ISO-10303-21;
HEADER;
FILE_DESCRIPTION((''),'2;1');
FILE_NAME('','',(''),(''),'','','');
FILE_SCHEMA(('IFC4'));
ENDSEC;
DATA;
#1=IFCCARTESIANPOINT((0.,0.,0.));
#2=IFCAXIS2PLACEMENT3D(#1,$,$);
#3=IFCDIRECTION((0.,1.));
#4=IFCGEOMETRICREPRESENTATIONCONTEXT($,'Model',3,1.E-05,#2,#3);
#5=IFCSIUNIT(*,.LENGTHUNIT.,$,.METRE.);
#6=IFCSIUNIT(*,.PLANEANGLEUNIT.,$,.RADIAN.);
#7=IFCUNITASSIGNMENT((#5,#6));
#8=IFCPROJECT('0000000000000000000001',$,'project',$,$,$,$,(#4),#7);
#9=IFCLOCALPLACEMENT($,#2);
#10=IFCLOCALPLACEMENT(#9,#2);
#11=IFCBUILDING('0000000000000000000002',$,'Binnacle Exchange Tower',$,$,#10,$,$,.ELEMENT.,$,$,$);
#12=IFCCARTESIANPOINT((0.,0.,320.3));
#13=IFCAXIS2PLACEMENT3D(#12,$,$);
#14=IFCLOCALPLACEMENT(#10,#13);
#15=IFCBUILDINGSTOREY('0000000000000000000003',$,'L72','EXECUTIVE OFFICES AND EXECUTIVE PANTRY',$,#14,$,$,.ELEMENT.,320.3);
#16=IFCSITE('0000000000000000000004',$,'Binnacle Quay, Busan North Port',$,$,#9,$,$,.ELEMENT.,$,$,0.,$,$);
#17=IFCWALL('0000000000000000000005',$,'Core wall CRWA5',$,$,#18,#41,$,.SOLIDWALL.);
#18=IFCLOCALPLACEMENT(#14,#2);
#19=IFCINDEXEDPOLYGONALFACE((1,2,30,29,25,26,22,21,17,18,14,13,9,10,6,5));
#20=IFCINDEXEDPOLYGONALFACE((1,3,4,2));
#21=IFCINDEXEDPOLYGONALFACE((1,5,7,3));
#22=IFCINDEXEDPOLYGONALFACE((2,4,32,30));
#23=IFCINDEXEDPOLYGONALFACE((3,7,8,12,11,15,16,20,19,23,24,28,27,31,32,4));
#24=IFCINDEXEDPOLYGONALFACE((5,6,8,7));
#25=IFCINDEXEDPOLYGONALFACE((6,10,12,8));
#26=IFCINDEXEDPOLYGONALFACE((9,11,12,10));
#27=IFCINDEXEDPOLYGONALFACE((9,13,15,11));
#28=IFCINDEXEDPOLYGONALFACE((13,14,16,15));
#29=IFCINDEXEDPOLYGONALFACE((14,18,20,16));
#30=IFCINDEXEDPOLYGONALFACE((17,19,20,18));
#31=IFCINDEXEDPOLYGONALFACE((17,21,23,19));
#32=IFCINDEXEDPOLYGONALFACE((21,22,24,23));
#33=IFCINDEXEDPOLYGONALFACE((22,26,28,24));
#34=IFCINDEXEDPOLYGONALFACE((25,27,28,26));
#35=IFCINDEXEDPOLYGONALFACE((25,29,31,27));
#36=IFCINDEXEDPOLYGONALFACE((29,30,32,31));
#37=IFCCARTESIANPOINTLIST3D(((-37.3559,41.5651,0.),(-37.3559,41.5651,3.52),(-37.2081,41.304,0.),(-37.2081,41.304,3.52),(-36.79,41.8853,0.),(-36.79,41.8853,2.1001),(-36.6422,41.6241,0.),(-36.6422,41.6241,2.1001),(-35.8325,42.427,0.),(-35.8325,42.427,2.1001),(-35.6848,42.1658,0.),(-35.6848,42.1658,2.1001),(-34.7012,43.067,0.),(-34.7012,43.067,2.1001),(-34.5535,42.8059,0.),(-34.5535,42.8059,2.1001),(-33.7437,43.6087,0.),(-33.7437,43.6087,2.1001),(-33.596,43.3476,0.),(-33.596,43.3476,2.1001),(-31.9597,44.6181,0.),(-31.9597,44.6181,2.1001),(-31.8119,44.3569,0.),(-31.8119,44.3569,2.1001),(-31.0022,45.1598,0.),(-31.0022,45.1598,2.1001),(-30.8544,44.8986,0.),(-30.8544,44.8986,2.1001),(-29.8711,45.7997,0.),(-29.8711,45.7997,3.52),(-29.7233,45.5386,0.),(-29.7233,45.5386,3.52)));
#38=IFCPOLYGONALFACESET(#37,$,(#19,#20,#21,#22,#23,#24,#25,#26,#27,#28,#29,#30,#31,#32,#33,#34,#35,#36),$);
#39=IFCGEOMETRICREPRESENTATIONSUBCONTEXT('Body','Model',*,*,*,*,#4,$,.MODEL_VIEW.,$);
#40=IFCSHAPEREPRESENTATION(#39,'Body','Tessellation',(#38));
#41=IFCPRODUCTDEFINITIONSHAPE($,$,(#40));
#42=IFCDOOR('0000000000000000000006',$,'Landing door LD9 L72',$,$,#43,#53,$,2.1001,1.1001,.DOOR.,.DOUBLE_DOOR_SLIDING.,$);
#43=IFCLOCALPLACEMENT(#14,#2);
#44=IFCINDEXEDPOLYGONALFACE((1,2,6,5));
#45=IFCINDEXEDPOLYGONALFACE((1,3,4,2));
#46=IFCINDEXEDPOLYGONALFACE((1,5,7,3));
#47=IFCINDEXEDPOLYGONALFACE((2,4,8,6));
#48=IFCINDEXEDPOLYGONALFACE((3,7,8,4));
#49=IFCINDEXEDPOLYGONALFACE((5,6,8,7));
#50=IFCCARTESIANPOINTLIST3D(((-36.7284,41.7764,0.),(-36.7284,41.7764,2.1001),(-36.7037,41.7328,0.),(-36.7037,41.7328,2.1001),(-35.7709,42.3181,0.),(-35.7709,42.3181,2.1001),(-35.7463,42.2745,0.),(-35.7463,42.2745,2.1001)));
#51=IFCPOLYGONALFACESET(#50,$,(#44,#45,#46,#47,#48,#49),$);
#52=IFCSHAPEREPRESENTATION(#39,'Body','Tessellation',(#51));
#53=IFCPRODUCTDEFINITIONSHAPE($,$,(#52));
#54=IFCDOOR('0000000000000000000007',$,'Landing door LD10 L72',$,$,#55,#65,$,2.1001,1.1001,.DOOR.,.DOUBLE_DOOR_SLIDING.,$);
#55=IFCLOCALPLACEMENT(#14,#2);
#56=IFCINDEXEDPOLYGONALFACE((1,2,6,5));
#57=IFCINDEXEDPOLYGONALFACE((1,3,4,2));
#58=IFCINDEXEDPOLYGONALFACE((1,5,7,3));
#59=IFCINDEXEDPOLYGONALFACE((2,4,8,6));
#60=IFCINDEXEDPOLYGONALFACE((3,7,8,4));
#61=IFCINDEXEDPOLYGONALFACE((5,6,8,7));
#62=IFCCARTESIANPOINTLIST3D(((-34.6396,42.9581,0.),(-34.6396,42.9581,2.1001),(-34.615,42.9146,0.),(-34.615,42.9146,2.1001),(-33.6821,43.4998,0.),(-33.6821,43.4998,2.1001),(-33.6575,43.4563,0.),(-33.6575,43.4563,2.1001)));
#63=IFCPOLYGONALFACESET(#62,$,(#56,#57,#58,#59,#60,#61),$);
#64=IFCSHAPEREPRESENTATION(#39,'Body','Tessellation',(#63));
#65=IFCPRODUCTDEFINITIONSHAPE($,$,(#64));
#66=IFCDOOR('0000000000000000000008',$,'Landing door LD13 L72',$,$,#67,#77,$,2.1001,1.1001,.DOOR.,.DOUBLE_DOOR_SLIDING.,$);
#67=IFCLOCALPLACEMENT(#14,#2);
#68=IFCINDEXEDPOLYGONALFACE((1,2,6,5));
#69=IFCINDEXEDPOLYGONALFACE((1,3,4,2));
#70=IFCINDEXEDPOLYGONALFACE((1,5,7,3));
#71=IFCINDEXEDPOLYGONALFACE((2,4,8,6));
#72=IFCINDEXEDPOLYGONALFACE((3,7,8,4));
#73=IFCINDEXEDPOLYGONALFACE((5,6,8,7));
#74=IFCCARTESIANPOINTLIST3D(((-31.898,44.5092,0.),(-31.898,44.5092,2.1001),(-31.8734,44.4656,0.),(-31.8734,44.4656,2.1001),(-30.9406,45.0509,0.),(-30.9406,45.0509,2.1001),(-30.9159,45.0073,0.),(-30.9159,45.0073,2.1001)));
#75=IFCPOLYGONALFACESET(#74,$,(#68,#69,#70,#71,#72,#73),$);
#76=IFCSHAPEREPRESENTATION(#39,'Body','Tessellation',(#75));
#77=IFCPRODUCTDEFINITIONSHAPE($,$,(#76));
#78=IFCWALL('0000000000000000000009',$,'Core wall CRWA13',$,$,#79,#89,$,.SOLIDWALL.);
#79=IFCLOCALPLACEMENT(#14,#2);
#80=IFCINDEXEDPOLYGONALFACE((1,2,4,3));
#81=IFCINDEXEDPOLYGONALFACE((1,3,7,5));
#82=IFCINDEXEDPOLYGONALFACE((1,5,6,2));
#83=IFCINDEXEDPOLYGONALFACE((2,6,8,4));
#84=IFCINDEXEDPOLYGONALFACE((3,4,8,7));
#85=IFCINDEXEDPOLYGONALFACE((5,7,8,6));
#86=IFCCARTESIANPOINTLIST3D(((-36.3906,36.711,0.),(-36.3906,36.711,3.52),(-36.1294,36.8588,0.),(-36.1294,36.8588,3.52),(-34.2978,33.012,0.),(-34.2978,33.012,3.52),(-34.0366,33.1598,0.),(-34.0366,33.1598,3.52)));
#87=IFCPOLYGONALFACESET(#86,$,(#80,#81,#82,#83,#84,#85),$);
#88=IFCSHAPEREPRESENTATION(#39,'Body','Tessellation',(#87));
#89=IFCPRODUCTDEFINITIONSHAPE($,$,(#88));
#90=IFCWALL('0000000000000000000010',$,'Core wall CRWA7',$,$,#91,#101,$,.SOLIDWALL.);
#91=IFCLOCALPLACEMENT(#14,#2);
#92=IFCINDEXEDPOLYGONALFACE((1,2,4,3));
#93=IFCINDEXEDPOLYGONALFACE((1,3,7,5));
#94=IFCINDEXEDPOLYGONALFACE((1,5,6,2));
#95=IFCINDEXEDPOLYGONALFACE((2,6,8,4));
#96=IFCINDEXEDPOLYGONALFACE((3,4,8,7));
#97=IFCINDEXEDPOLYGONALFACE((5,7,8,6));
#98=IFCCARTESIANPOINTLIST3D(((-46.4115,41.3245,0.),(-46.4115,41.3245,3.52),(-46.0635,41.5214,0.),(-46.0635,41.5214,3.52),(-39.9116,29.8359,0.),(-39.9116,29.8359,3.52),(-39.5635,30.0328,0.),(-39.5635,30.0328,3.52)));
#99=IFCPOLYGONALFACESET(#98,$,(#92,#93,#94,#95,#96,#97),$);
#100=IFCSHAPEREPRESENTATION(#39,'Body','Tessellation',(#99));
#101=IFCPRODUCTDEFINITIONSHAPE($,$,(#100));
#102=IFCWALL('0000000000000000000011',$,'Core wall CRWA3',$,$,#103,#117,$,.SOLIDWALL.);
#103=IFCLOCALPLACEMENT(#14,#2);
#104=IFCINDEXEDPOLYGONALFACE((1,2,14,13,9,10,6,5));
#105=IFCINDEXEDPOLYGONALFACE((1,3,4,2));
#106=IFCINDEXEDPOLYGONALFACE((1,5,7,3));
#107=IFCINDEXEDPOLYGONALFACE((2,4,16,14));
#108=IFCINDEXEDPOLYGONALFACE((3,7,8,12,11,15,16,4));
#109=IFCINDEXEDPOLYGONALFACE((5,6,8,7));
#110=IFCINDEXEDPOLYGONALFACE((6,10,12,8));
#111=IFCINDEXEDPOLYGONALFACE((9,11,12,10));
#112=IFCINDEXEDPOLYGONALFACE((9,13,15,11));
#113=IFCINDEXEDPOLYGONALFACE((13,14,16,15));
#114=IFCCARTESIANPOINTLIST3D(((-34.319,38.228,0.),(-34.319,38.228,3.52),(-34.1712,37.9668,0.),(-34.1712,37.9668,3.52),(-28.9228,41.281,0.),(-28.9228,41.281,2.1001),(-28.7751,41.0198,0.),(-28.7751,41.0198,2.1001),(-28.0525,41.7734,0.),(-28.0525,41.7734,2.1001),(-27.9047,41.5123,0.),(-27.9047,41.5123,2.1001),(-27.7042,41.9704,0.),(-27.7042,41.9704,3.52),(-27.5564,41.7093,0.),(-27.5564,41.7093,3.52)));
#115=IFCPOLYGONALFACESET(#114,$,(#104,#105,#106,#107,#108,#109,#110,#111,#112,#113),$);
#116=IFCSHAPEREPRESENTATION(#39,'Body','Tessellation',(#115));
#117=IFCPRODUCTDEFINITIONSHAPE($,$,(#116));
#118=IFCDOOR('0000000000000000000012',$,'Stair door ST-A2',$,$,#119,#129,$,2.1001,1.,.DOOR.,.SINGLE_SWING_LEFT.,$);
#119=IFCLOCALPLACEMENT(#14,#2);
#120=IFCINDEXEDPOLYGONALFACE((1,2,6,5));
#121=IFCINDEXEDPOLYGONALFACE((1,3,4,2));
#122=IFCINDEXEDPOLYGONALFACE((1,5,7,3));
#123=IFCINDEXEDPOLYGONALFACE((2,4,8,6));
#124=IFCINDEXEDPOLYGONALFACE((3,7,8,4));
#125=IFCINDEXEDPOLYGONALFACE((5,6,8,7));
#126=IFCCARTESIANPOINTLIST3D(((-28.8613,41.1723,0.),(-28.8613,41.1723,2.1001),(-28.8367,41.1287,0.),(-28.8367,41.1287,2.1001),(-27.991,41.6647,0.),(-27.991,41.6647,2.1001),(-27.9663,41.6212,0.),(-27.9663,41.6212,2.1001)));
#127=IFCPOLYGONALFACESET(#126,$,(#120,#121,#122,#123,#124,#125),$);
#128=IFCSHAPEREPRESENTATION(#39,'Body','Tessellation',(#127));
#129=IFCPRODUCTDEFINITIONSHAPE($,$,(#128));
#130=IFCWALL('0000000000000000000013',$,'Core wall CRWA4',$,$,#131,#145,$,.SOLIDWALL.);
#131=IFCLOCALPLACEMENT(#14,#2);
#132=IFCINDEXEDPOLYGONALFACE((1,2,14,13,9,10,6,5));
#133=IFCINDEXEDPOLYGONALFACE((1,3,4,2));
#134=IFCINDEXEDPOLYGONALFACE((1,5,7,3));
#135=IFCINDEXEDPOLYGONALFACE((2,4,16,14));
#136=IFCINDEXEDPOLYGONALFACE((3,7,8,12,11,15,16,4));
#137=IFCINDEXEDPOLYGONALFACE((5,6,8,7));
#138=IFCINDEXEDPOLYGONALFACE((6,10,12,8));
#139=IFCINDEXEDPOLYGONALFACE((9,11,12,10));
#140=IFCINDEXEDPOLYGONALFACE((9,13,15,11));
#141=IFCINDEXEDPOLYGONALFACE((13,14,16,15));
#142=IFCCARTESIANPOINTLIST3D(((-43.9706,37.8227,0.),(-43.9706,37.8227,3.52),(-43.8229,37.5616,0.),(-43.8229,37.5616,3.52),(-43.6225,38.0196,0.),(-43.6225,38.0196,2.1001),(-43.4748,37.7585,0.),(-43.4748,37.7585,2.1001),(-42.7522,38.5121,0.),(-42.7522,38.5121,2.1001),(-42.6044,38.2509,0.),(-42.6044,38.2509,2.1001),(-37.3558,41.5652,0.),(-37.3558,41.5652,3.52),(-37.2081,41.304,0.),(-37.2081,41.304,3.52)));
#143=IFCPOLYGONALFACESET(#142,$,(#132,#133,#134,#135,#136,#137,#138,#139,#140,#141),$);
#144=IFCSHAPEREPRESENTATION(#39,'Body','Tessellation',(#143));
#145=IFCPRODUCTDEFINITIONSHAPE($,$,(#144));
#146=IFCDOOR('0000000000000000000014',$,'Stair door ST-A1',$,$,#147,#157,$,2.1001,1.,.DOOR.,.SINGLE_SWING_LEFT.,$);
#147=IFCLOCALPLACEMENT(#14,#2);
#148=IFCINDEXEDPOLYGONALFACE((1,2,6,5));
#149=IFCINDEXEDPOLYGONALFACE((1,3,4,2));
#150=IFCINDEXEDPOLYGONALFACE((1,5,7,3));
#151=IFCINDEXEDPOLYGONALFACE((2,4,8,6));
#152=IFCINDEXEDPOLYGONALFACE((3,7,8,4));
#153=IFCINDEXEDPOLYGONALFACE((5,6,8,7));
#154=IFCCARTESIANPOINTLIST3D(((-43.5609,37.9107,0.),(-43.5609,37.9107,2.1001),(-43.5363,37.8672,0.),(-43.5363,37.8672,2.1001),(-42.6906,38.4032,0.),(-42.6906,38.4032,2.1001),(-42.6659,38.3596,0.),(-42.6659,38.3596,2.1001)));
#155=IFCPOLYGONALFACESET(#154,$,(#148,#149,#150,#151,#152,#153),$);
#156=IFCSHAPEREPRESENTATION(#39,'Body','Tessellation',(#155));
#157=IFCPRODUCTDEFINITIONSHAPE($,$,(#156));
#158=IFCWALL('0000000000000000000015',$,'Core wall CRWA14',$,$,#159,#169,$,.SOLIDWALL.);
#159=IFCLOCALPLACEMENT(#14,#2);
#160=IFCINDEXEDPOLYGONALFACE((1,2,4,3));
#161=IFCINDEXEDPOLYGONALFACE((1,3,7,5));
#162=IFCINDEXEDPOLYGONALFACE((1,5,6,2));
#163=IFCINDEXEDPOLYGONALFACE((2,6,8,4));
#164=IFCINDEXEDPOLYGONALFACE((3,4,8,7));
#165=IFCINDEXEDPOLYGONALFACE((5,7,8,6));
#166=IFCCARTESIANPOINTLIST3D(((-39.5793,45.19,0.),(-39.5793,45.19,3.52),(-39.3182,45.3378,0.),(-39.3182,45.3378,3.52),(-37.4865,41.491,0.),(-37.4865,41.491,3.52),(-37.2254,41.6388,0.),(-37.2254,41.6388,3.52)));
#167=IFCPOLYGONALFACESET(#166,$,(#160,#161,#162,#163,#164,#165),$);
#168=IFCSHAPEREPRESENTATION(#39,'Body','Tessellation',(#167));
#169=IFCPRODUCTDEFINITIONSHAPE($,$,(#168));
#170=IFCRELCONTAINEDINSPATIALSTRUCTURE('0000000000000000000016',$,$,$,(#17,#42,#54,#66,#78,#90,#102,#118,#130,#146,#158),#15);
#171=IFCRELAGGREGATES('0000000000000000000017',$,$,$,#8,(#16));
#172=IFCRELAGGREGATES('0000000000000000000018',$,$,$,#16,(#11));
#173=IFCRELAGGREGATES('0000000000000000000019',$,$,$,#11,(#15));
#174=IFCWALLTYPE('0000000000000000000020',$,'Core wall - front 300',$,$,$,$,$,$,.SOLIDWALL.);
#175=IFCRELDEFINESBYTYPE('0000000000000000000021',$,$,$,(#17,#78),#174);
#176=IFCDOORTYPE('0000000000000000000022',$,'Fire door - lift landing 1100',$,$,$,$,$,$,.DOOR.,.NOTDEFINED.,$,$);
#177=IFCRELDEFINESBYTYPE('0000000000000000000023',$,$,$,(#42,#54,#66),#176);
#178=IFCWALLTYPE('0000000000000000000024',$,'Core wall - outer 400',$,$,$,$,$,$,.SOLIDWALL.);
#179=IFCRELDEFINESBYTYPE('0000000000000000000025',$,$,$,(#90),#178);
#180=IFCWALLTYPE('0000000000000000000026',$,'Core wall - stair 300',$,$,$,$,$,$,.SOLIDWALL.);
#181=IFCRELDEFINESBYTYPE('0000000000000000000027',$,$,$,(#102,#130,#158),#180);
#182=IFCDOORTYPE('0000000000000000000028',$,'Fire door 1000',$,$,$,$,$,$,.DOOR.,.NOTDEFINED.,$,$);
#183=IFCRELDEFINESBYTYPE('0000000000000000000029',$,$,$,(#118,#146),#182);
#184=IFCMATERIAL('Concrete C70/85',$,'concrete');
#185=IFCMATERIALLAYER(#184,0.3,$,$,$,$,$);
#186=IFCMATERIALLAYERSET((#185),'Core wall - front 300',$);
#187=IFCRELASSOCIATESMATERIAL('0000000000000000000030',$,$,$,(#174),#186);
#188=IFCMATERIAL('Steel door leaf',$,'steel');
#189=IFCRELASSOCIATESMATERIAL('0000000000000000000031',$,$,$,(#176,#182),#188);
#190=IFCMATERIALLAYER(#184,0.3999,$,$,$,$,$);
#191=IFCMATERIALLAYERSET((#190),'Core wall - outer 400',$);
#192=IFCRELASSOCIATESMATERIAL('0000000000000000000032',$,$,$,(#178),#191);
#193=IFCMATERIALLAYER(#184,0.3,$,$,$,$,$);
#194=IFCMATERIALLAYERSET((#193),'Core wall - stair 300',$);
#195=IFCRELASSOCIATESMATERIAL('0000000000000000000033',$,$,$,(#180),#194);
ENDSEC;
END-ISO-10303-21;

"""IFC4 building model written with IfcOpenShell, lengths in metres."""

from ifc_helpers import new_model, si_unit, direction, frame, frame_2d, origin, place, context, subcontext, project, spatial, rectangle, extrude, material, layer, layer_set, type_object, element, fill, save


model = new_model("IFC4")

# Units and contexts
model_context = context("Model", 3, precision=1e-05, world=origin(), true_north=direction((0.0, 1.0)))
body_context = subcontext(model_context, "Body", "Model", "MODEL_VIEW")
ifc_project = project(units=[si_unit("LENGTHUNIT", "METRE"), si_unit("PLANEANGLEUNIT", "RADIAN")], contexts=[model_context])

# Site, building, storey
site_placement = place(None, origin())
site = spatial("IfcSite", under=ifc_project, at=site_placement, Name="Binnacle Quay, Busan North Port", CompositionType="ELEMENT", RefElevation=0.0)
building_placement = place(site_placement, origin())
building = spatial("IfcBuilding", under=site, at=building_placement, Name="Binnacle Exchange Tower", CompositionType="ELEMENT")
storey_placement = place(building_placement, frame((0.0, 0.0, 320.3)))
storey = spatial("IfcBuildingStorey", under=building, at=storey_placement, Name="L72", Description="EXECUTIVE OFFICES AND EXECUTIVE PANTRY", CompositionType="ELEMENT", Elevation=320.3)

# Wall, openings, doors
ifc_material_1 = material(Name="Concrete C70/85", Category="concrete")
ifc_layer_1 = layer(ifc_material_1, 0.3)
ifc_layer_set_1 = layer_set([ifc_layer_1], Name="Core wall - front 300")
wall_type_1 = type_object("IfcWallType", Name="Core wall - front 300", PredefinedType="SOLIDWALL", material=ifc_layer_set_1)
wall_1_placement = place(storey_placement, frame((-37.282, 41.4346, 0.0), z_axis=(0.0, 0.0, 1.0), x_axis=(0.870361, 0.492414, 0.0)))
wall_1 = element("IfcWall", 1, at=wall_1_placement, inside=storey, type_object=wall_type_1, Name="Core wall CRWA5", PredefinedType="SOLIDWALL", context=body_context, shape_type="SweptSolid", body=[
    extrude(rectangle(XDim=8.5996, YDim=0.3, at=frame_2d((4.2998, 0.0))), origin(), (0.0, 0.0, 1.0), 3.52),
])
opening_1_placement = place(wall_1_placement, frame((0.6501, 0.0, 0.0)))
opening_1 = element("IfcOpeningElement", 2, at=opening_1_placement, cuts=wall_1, PredefinedType="OPENING", context=body_context, shape_type="SweptSolid", body=[
    extrude(rectangle(XDim=1.1001, YDim=2.1001, at=frame_2d((0.55, 1.05))), frame((0.0, 0.1599, 0.0), z_axis=(0.0, -1.0, 0.0), x_axis=(1.0, 0.0, 0.0)), (0.0, 0.0, 1.0), 0.3201),
])
opening_2_placement = place(wall_1_placement, frame((3.05, 0.0, 0.0)))
opening_2 = element("IfcOpeningElement", 3, at=opening_2_placement, cuts=wall_1, PredefinedType="OPENING", context=body_context, shape_type="SweptSolid", body=[
    extrude(rectangle(XDim=1.1001, YDim=2.1001, at=frame_2d((0.55, 1.05))), frame((0.0, 0.1599, 0.0), z_axis=(0.0, -1.0, 0.0), x_axis=(1.0, 0.0, 0.0)), (0.0, 0.0, 1.0), 0.3201),
])
opening_3_placement = place(wall_1_placement, frame((6.2, 0.0, 0.0)))
opening_3 = element("IfcOpeningElement", 4, at=opening_3_placement, cuts=wall_1, PredefinedType="OPENING", context=body_context, shape_type="SweptSolid", body=[
    extrude(rectangle(XDim=1.1001, YDim=2.1001, at=frame_2d((0.55, 1.05))), frame((0.0, 0.1599, 0.0), z_axis=(0.0, -1.0, 0.0), x_axis=(1.0, 0.0, 0.0)), (0.0, 0.0, 1.0), 0.3201),
])
ifc_material_2 = material(Name="Steel door leaf", Category="steel")
door_type_1 = type_object("IfcDoorType", Name="Fire door - lift landing 1100", OperationType="NOTDEFINED", PredefinedType="DOOR", material=ifc_material_2)
door_1_placement = place(opening_1_placement, origin())
door_1 = element("IfcDoor", 5, at=door_1_placement, inside=storey, type_object=door_type_1, Name="Landing door LD9 L72", OperationType="DOUBLE_DOOR_SLIDING", OverallHeight=2.1001, OverallWidth=1.1001, PredefinedType="DOOR", context=body_context, shape_type="SweptSolid", body=[
    extrude(rectangle(XDim=1.1001, YDim=2.1001, at=frame_2d((0.55, 1.05))), frame((0.0, 0.0249, 0.0), z_axis=(0.0, -1.0, 0.0), x_axis=(1.0, 0.0, 0.0)), (0.0, 0.0, 1.0), 0.05),
])
fill(opening_1, door_1)
door_2_placement = place(opening_2_placement, origin())
door_2 = element("IfcDoor", 6, at=door_2_placement, inside=storey, type_object=door_type_1, Name="Landing door LD10 L72", OperationType="DOUBLE_DOOR_SLIDING", OverallHeight=2.1001, OverallWidth=1.1001, PredefinedType="DOOR", context=body_context, shape_type="SweptSolid", body=[
    extrude(rectangle(XDim=1.1001, YDim=2.1001, at=frame_2d((0.55, 1.05))), frame((0.0, 0.0249, 0.0), z_axis=(0.0, -1.0, 0.0), x_axis=(1.0, 0.0, 0.0)), (0.0, 0.0, 1.0), 0.05),
])
fill(opening_2, door_2)
door_3_placement = place(opening_3_placement, origin())
door_3 = element("IfcDoor", 7, at=door_3_placement, inside=storey, type_object=door_type_1, Name="Landing door LD13 L72", OperationType="DOUBLE_DOOR_SLIDING", OverallHeight=2.1001, OverallWidth=1.1001, PredefinedType="DOOR", context=body_context, shape_type="SweptSolid", body=[
    extrude(rectangle(XDim=1.1001, YDim=2.1001, at=frame_2d((0.55, 1.05))), frame((0.0, 0.0249, 0.0), z_axis=(0.0, -1.0, 0.0), x_axis=(1.0, 0.0, 0.0)), (0.0, 0.0, 1.0), 0.05),
])
fill(opening_3, door_3)

# Walls
wall_2_placement = place(storey_placement, frame((-36.26, 36.7849, 0.0), z_axis=(0.0, 0.0, 1.0), x_axis=(0.492423, -0.870356, 0.0)))
element("IfcWall", 8, at=wall_2_placement, inside=storey, type_object=wall_type_1, Name="Core wall CRWA13", PredefinedType="SOLIDWALL", context=body_context, shape_type="SweptSolid", body=[
    extrude(rectangle(XDim=4.25, YDim=0.3, at=frame_2d((2.125, 0.0))), origin(), (0.0, 0.0, 1.0), 3.52),
])
ifc_layer_2 = layer(ifc_material_1, 0.3999)
ifc_layer_set_2 = layer_set([ifc_layer_2], Name="Core wall - outer 400")
wall_type_2 = type_object("IfcWallType", Name="Core wall - outer 400", PredefinedType="SOLIDWALL", material=ifc_layer_set_2)
wall_3_placement = place(storey_placement, frame((-46.2375, 41.4231, 0.0), z_axis=(0.0, 0.0, 1.0), x_axis=(0.492422, -0.870357, 0.0)))
element("IfcWall", 9, at=wall_3_placement, inside=storey, type_object=wall_type_2, Name="Core wall CRWA7", PredefinedType="SOLIDWALL", context=body_context, shape_type="SweptSolid", body=[
    extrude(rectangle(XDim=13.2, YDim=0.3999, at=frame_2d((6.6001, 0.0))), origin(), (0.0, 0.0, 1.0), 3.52),
])

# Walls, openings, doors
ifc_layer_3 = layer(ifc_material_1, 0.3)
ifc_layer_set_3 = layer_set([ifc_layer_3], Name="Core wall - stair 300")
wall_type_3 = type_object("IfcWallType", Name="Core wall - stair 300", PredefinedType="SOLIDWALL", material=ifc_layer_set_3)
wall_4_placement = place(storey_placement, frame((-34.2451, 38.0974, 0.0), z_axis=(0.0, 0.0, 1.0), x_axis=(0.870356, 0.492422, 0.0)))
wall_4 = element("IfcWall", 10, at=wall_4_placement, inside=storey, type_object=wall_type_3, Name="Core wall CRWA3", PredefinedType="SOLIDWALL", context=body_context, shape_type="SweptSolid", body=[
    extrude(rectangle(XDim=7.6001, YDim=0.3, at=frame_2d((3.8, 0.0))), origin(), (0.0, 0.0, 1.0), 3.52),
])
opening_4_placement = place(wall_4_placement, frame((6.2, 0.0, 0.0)))
opening_4 = element("IfcOpeningElement", 11, at=opening_4_placement, cuts=wall_4, PredefinedType="OPENING", context=body_context, shape_type="SweptSolid", body=[
    extrude(rectangle(XDim=1.0, YDim=2.1001, at=frame_2d((0.5, 1.05))), frame((0.0, 0.1599, 0.0), z_axis=(0.0, -1.0, 0.0), x_axis=(1.0, 0.0, 0.0)), (0.0, 0.0, 1.0), 0.3201),
])
door_type_2 = type_object("IfcDoorType", Name="Fire door 1000", OperationType="NOTDEFINED", PredefinedType="DOOR", material=ifc_material_2)
door_4_placement = place(opening_4_placement, frame((1.0, 0.0, 0.0), z_axis=(0.0, 0.0, 1.0), x_axis=(-1.0, 0.0, 0.0)))
door_4 = element("IfcDoor", 12, at=door_4_placement, inside=storey, type_object=door_type_2, Name="Stair door ST-A2", OperationType="SINGLE_SWING_LEFT", OverallHeight=2.1001, OverallWidth=1.0, PredefinedType="DOOR", context=body_context, shape_type="SweptSolid", body=[
    extrude(rectangle(XDim=1.0, YDim=2.1001, at=frame_2d((0.5, 1.05))), frame((0.0, 0.0249, 0.0), z_axis=(0.0, -1.0, 0.0), x_axis=(1.0, 0.0, 0.0)), (0.0, 0.0, 1.0), 0.05),
])
fill(opening_4, door_4)
wall_5_placement = place(storey_placement, frame((-43.8967, 37.6921, 0.0), z_axis=(0.0, 0.0, 1.0), x_axis=(0.870356, 0.492422, 0.0)))
wall_5 = element("IfcWall", 13, at=wall_5_placement, inside=storey, type_object=wall_type_3, Name="Core wall CRWA4", PredefinedType="SOLIDWALL", context=body_context, shape_type="SweptSolid", body=[
    extrude(rectangle(XDim=7.6001, YDim=0.3, at=frame_2d((3.8, 0.0))), origin(), (0.0, 0.0, 1.0), 3.52),
])
opening_5_placement = place(wall_5_placement, frame((0.3999, 0.0, 0.0)))
opening_5 = element("IfcOpeningElement", 14, at=opening_5_placement, cuts=wall_5, PredefinedType="OPENING", context=body_context, shape_type="SweptSolid", body=[
    extrude(rectangle(XDim=1.0, YDim=2.1001, at=frame_2d((0.5, 1.05))), frame((0.0, 0.1599, 0.0), z_axis=(0.0, -1.0, 0.0), x_axis=(1.0, 0.0, 0.0)), (0.0, 0.0, 1.0), 0.3201),
])
door_5_placement = place(opening_5_placement, origin())
door_5 = element("IfcDoor", 15, at=door_5_placement, inside=storey, type_object=door_type_2, Name="Stair door ST-A1", OperationType="SINGLE_SWING_LEFT", OverallHeight=2.1001, OverallWidth=1.0, PredefinedType="DOOR", context=body_context, shape_type="SweptSolid", body=[
    extrude(rectangle(XDim=1.0, YDim=2.1001, at=frame_2d((0.5, 1.05))), frame((0.0, 0.0249, 0.0), z_axis=(0.0, -1.0, 0.0), x_axis=(1.0, 0.0, 0.0)), (0.0, 0.0, 1.0), 0.05),
])
fill(opening_5, door_5)

# Wall
wall_6_placement = place(storey_placement, frame((-39.4487, 45.2639, 0.0), z_axis=(0.0, 0.0, 1.0), x_axis=(0.492423, -0.870356, 0.0)))
element("IfcWall", 16, at=wall_6_placement, inside=storey, type_object=wall_type_3, Name="Core wall CRWA14", PredefinedType="SOLIDWALL", context=body_context, shape_type="SweptSolid", body=[
    extrude(rectangle(XDim=4.25, YDim=0.3, at=frame_2d((2.125, 0.0))), origin(), (0.0, 0.0, 1.0), 3.52),
])

save(model, "model.ifc")
